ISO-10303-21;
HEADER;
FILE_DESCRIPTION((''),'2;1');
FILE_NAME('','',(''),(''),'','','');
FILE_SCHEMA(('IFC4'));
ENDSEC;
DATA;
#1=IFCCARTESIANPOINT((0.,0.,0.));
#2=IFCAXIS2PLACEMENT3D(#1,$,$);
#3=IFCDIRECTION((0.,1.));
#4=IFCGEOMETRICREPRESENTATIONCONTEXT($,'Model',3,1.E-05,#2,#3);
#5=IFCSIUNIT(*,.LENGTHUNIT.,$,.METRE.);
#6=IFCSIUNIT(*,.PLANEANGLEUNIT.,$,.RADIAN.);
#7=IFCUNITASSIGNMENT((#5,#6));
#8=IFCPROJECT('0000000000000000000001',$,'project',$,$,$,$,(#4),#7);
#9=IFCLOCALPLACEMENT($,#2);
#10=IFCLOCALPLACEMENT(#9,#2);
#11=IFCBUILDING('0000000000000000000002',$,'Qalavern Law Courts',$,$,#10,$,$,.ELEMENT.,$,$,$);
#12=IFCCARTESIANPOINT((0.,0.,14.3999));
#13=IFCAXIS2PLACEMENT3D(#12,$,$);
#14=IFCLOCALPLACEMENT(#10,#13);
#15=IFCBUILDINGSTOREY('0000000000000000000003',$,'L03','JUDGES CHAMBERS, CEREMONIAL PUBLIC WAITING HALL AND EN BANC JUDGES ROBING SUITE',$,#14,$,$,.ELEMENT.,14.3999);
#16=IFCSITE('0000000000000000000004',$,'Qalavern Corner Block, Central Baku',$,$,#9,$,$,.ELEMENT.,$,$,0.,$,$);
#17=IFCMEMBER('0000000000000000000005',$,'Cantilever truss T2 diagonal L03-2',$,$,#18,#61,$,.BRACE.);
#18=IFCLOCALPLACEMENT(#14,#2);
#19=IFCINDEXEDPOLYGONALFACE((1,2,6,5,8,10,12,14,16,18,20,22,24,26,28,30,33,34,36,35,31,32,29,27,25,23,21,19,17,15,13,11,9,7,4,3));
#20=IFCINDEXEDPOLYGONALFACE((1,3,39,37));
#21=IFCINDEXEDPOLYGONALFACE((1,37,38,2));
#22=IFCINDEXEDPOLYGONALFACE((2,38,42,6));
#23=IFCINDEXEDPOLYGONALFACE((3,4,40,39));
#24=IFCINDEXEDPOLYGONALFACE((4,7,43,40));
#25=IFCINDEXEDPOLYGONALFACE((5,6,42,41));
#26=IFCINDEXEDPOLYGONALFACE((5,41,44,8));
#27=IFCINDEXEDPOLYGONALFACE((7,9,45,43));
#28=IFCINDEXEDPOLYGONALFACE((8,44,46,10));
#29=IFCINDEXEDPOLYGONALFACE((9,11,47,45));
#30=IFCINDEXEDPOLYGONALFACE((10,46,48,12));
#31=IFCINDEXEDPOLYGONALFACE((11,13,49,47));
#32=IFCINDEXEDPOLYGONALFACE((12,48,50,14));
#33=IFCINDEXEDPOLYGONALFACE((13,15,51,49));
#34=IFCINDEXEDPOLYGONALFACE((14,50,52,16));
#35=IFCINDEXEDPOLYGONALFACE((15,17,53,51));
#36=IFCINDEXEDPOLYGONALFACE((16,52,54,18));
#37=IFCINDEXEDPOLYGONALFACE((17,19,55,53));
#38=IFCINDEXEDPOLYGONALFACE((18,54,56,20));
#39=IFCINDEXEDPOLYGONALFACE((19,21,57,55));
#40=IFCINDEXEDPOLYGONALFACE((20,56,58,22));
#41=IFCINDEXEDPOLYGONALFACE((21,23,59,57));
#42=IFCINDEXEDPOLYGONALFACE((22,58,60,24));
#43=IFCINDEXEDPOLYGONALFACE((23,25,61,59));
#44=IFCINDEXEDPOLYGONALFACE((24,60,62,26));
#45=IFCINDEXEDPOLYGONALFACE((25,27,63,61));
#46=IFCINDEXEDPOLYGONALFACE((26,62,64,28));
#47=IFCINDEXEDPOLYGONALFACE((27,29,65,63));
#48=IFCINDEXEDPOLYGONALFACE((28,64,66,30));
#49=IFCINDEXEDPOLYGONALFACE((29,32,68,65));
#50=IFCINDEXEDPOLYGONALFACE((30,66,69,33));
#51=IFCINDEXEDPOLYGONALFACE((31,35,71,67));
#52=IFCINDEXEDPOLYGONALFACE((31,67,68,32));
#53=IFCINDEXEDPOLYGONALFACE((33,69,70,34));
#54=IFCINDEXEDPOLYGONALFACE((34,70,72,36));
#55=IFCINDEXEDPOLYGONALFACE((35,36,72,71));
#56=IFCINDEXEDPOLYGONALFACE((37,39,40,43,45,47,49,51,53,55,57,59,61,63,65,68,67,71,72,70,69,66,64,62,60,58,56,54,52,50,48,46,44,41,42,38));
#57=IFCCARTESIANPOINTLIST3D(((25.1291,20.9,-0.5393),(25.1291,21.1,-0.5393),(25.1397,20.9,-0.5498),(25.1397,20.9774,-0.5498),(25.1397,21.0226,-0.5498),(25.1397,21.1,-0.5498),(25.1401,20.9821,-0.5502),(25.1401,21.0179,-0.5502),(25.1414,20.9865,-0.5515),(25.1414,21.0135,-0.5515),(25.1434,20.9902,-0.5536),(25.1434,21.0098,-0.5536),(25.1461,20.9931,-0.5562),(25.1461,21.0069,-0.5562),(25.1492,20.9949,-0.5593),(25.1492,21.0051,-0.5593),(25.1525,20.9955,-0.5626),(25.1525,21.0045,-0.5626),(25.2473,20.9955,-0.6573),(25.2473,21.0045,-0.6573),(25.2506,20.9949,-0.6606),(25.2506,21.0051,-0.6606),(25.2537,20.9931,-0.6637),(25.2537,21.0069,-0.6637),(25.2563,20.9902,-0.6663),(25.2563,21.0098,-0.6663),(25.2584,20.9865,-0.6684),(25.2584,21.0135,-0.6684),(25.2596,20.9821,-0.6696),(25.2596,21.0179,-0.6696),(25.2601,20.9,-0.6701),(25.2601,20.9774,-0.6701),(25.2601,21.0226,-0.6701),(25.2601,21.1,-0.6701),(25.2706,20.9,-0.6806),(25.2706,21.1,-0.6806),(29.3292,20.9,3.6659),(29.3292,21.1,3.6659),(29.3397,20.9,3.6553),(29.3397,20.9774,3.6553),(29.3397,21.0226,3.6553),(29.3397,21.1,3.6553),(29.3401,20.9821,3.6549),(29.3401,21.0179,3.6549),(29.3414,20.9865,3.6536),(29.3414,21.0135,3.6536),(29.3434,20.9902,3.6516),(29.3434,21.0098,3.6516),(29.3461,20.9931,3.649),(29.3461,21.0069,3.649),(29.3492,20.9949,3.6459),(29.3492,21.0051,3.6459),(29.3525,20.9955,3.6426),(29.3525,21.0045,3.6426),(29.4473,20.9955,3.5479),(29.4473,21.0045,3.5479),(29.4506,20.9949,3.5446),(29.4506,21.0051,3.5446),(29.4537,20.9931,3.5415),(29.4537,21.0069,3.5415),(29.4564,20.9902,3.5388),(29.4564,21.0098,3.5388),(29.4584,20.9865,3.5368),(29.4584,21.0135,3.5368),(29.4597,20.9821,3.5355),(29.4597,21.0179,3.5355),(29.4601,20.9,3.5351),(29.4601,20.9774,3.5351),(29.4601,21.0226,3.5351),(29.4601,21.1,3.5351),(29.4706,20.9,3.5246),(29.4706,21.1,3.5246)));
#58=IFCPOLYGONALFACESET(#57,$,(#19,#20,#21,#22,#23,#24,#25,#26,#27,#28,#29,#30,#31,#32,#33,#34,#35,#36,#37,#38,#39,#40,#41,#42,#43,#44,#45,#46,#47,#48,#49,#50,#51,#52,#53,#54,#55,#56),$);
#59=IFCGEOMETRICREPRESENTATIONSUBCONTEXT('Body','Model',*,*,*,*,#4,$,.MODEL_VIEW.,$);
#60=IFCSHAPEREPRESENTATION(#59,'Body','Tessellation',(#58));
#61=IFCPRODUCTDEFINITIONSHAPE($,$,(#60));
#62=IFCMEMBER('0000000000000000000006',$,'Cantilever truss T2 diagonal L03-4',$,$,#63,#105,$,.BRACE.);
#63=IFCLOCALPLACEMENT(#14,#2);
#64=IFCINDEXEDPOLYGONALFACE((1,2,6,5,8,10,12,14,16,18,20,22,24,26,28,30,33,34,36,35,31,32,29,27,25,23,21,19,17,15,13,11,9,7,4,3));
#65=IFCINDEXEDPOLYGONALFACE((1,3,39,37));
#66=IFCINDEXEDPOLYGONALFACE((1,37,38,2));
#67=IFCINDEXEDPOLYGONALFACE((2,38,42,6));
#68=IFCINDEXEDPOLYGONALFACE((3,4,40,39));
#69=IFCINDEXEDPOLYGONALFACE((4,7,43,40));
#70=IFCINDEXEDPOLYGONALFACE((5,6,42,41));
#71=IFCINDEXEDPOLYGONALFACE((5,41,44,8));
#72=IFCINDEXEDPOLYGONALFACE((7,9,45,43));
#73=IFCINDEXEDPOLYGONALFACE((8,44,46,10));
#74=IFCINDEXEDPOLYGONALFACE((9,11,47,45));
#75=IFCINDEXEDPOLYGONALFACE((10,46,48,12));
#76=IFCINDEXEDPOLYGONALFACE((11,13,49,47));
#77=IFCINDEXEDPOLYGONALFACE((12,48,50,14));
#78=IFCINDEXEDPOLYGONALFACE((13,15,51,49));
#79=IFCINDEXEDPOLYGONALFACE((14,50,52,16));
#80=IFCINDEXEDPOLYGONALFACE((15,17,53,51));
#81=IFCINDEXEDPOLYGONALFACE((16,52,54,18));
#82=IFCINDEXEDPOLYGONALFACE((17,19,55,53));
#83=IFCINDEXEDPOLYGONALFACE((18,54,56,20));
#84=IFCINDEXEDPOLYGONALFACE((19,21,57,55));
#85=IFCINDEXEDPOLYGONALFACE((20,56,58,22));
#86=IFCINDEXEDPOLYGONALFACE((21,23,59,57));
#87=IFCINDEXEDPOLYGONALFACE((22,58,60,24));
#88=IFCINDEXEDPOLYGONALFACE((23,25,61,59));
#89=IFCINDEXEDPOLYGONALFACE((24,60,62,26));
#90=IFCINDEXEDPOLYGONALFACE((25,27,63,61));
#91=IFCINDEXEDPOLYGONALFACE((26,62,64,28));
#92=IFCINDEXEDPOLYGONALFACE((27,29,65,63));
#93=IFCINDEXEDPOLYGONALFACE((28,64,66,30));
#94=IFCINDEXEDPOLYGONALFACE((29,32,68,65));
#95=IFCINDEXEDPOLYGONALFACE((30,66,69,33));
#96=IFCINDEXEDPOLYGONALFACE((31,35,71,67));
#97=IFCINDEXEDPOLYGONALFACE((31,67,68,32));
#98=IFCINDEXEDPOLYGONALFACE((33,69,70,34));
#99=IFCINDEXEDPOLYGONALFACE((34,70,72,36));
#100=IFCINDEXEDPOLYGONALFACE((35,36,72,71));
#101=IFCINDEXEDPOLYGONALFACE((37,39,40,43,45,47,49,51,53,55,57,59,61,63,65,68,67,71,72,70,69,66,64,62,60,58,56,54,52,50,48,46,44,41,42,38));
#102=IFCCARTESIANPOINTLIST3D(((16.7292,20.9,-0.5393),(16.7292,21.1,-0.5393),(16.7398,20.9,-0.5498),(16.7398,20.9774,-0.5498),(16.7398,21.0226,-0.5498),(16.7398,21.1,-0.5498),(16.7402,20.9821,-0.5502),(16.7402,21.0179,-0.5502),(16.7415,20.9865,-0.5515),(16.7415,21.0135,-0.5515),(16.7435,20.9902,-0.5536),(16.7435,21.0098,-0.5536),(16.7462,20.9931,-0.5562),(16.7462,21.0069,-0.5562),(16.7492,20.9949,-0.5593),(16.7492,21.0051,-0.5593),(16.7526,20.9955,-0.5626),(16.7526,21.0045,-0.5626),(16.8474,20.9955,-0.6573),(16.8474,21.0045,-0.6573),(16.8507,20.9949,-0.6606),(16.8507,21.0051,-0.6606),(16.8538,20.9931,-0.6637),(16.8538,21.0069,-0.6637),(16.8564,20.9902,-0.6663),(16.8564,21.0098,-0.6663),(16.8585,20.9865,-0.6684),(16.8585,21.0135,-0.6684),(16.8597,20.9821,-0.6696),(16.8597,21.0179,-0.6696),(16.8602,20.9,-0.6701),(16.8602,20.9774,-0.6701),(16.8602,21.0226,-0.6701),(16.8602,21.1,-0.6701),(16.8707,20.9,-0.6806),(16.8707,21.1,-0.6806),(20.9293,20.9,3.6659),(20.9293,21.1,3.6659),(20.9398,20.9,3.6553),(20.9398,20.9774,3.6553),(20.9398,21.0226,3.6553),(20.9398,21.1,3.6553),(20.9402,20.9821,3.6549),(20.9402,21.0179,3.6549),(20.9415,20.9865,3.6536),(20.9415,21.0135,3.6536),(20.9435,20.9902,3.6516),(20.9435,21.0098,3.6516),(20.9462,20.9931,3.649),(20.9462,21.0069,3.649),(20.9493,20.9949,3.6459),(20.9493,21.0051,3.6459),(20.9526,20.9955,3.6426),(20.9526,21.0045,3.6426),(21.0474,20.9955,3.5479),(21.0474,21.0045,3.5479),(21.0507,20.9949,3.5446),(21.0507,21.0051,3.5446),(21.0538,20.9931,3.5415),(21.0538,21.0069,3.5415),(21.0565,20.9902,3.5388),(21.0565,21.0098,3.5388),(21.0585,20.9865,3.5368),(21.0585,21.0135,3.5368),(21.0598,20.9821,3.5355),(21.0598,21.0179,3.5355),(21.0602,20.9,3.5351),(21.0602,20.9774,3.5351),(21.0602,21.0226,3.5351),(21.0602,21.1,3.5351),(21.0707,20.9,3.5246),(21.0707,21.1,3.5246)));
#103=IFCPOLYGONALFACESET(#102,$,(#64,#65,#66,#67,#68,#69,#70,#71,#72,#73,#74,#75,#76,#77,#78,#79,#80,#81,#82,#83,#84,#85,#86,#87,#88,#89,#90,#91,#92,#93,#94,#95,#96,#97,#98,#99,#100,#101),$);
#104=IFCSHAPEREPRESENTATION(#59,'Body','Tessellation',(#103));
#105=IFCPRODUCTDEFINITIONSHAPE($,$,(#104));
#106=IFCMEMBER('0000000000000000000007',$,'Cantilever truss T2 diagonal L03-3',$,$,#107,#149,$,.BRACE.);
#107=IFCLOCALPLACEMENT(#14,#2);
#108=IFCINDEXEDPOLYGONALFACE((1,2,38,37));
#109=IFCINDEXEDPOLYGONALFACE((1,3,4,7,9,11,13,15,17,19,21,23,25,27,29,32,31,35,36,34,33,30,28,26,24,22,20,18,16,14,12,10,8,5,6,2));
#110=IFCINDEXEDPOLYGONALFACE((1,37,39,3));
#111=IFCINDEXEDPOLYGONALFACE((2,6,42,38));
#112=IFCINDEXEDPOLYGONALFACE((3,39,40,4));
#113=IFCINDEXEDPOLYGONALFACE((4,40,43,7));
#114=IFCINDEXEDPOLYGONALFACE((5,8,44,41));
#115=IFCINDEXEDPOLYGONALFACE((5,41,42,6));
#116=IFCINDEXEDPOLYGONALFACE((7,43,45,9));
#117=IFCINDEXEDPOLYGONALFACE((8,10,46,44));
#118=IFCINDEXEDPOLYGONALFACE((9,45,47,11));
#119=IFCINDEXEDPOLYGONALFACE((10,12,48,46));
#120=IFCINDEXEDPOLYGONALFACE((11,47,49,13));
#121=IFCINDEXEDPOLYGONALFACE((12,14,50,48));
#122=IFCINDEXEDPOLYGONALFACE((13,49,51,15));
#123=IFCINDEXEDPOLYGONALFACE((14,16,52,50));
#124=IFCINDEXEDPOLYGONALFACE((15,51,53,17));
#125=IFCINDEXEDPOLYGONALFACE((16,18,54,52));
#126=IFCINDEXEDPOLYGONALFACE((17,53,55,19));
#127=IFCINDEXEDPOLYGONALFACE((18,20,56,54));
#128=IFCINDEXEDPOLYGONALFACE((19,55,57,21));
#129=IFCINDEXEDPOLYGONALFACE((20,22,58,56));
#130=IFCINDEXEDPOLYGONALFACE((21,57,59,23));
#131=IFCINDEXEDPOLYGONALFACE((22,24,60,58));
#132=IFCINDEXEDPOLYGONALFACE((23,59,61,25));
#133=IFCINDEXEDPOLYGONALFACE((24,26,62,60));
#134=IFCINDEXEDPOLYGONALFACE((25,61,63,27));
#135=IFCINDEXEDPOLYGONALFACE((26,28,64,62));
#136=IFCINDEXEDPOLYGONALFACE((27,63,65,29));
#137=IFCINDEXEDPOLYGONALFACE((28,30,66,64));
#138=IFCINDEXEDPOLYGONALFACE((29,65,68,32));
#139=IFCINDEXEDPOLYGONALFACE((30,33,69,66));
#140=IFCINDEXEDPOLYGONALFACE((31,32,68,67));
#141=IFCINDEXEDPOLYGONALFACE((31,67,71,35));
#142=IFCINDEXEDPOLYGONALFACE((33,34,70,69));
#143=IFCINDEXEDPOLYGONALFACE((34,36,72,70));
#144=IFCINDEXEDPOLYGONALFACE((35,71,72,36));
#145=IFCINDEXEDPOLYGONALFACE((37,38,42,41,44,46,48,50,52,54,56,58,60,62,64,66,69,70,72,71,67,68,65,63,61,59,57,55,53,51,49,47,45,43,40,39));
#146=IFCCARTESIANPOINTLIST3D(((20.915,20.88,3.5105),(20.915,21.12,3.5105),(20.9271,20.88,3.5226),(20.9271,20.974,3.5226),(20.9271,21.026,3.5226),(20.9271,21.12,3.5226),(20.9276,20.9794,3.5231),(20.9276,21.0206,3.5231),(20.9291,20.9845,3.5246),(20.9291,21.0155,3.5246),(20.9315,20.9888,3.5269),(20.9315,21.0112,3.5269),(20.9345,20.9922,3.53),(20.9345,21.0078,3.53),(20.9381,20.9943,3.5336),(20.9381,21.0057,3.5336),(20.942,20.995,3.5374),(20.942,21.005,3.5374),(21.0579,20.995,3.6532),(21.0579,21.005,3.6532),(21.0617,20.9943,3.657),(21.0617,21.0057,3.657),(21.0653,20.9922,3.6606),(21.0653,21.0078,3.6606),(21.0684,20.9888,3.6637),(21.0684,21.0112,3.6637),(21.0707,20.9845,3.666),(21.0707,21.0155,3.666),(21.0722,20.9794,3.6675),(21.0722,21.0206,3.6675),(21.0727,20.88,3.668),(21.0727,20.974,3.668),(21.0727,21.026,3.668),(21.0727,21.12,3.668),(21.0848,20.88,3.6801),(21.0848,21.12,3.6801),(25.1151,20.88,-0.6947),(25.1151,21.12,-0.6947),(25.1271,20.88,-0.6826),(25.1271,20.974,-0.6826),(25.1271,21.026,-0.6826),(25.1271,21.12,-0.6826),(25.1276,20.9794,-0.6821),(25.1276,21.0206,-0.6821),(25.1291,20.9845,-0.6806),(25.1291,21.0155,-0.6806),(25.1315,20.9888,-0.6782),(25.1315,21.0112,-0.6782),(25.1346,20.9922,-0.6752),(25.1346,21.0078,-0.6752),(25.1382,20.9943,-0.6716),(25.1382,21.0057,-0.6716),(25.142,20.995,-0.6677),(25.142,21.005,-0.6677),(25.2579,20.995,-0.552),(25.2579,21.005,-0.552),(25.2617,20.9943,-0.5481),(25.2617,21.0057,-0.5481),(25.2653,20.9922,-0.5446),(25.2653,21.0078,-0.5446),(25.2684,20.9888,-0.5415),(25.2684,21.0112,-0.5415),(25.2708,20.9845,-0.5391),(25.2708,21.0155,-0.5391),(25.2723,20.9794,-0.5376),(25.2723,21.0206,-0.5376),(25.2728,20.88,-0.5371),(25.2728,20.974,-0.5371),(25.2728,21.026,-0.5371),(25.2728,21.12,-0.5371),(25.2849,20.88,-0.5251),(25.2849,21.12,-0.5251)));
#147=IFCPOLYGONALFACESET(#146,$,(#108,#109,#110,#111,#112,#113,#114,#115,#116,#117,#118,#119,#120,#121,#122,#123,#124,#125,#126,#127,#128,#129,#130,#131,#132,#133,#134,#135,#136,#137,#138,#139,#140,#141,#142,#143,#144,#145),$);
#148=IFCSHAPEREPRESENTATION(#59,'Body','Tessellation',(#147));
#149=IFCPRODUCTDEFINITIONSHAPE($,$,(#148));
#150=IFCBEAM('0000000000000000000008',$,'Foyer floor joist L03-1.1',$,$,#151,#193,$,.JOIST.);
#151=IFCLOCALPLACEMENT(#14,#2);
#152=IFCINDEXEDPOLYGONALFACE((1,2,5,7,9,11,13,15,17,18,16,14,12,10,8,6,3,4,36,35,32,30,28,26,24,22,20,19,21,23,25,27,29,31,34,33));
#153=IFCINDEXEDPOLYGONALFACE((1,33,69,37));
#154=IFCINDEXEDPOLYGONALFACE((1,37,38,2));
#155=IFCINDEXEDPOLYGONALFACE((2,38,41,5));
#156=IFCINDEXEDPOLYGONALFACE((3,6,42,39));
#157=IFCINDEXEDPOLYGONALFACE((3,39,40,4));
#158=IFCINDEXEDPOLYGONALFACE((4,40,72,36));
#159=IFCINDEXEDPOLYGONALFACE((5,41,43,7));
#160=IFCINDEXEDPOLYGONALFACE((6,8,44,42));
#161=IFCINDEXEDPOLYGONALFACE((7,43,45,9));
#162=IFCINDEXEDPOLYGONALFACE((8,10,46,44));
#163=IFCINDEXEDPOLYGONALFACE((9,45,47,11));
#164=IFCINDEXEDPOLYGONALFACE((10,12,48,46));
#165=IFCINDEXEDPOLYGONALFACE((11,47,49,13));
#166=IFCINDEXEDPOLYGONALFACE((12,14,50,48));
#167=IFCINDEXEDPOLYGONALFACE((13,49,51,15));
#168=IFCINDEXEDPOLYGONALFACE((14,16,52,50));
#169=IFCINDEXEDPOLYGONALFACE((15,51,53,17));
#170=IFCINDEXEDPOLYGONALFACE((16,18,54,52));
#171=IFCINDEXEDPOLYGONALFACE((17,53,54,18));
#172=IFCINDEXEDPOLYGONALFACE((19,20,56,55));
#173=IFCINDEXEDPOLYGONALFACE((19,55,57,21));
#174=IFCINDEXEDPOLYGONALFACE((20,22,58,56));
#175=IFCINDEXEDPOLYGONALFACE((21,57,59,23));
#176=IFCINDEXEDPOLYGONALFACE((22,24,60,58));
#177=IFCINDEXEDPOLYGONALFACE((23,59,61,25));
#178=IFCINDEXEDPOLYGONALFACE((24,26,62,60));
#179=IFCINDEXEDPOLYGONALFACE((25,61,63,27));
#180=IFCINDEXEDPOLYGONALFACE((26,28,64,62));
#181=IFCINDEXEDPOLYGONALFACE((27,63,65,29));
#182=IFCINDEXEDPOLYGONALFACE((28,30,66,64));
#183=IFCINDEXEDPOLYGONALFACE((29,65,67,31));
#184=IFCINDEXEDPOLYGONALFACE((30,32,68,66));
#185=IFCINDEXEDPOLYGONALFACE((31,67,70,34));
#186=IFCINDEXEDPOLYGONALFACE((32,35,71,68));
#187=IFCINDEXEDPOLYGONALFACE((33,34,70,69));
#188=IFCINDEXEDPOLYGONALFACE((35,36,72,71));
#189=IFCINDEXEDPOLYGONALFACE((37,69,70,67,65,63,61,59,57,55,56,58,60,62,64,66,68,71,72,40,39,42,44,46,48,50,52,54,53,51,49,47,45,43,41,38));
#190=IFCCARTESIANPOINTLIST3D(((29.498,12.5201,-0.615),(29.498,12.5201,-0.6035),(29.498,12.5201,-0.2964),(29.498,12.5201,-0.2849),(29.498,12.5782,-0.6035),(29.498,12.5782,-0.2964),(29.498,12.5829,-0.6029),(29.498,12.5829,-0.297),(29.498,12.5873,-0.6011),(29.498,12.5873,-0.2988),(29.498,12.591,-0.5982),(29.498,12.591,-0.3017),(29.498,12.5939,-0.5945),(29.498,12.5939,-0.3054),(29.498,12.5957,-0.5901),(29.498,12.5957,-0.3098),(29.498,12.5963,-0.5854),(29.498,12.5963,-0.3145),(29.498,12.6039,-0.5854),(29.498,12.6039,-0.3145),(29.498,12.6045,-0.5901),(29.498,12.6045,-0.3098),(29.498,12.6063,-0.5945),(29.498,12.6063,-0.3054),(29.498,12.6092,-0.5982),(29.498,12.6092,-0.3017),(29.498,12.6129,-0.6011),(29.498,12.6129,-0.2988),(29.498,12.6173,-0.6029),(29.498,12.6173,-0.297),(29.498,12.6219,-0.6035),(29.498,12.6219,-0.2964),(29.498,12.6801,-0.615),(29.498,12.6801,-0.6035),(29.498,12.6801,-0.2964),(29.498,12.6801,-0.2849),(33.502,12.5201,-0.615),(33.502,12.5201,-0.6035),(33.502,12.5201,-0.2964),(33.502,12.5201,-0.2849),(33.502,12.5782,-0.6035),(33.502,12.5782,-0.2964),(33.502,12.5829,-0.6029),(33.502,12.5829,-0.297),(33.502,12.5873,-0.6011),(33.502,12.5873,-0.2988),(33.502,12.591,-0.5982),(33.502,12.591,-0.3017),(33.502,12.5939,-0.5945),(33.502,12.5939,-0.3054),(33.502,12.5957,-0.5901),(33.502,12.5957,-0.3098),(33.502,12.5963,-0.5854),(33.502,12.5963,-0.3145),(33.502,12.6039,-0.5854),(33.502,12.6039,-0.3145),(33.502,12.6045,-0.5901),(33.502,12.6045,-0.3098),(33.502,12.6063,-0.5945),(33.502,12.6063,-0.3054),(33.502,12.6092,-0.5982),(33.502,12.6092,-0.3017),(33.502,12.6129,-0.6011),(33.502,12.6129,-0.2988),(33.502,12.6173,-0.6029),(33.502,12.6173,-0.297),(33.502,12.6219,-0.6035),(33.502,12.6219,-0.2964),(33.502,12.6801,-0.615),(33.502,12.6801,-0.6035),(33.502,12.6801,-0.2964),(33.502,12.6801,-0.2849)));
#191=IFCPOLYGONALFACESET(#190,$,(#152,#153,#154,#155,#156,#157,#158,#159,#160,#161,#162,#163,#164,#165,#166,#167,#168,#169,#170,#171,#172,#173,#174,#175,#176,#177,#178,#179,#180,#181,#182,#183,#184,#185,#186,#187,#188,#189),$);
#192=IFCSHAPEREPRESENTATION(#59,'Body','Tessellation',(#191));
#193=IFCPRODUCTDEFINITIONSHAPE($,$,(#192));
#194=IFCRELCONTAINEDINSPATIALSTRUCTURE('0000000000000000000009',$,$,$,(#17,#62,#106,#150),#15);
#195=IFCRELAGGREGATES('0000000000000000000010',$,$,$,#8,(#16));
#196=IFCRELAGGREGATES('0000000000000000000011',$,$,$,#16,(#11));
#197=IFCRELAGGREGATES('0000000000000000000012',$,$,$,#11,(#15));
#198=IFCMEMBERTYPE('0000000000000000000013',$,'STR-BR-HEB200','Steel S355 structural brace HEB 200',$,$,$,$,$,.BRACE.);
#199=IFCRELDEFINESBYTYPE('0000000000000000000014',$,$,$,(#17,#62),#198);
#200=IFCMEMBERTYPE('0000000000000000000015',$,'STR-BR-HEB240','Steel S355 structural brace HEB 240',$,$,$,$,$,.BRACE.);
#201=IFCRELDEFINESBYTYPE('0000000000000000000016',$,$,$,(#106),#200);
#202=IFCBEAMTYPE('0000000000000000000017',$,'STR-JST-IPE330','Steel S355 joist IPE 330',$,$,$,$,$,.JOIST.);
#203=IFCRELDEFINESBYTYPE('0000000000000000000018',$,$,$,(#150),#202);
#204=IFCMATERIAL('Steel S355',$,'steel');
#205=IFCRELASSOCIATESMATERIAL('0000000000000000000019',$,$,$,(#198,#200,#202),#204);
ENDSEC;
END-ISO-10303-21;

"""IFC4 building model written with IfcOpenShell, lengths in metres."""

from ifc_helpers import new_model, si_unit, direction, frame, origin, origin_2d, place, context, subcontext, project, spatial, i_section, extrude, material, material_profile, profile_set, type_object, element, save


model = new_model("IFC4")

# Units and contexts
model_context = context("Model", 3, precision=1e-05, world=origin(), true_north=direction((0.0, 1.0)))
body_context = subcontext(model_context, "Body", "Model", "MODEL_VIEW")
ifc_project = project(units=[si_unit("LENGTHUNIT", "METRE"), si_unit("PLANEANGLEUNIT", "RADIAN")], contexts=[model_context])

# Site, building, storey
site_placement = place(None, origin())
site = spatial("IfcSite", under=ifc_project, at=site_placement, Name="Qalavern Corner Block, Central Baku", CompositionType="ELEMENT", RefElevation=0.0)
building_placement = place(site_placement, origin())
building = spatial("IfcBuilding", under=site, at=building_placement, Name="Qalavern Law Courts", CompositionType="ELEMENT")
storey_placement = place(building_placement, frame((0.0, 0.0, 14.3999)))
storey = spatial("IfcBuildingStorey", under=building, at=storey_placement, Name="L03", Description="JUDGES CHAMBERS, CEREMONIAL PUBLIC WAITING HALL AND EN BANC JUDGES ROBING SUITE", CompositionType="ELEMENT", Elevation=14.3999)

# Shared definitions
ifc_material_1 = material(Name="Steel S355", Category="steel")

# Members
ifc_material_profile_1 = material_profile(ifc_material_1, i_section(OverallWidth=0.2, OverallDepth=0.2, WebThickness=0.009, FlangeThickness=0.0149, FilletRadius=0.0181, at=origin_2d()), Name="HEB 200")
ifc_profile_set_1 = profile_set([ifc_material_profile_1], Name="Steel S355")
member_type_1 = type_object("IfcMemberType", Name="STR-BR-HEB200", Description="Steel S355 structural brace HEB 200", PredefinedType="BRACE", material=ifc_profile_set_1)
for number, where, z_axis, x_axis, name in (
    (1, (29.3999, 21.0, 3.5952), (-0.706675, 0.0, -0.707538), (0.0, -1.0, 0.0), "Cantilever truss T2 diagonal L03-2"),
    (2, (21.0, 21.0, 3.5952), (-0.706675, 0.0, -0.707538), (0.0, -1.0, 0.0), "Cantilever truss T2 diagonal L03-4"),
):
    element("IfcMember", number, at=place(storey_placement, frame(where, z_axis=z_axis, x_axis=x_axis)), inside=storey, type_object=member_type_1, Name=name, PredefinedType="BRACE", context=body_context, shape_type="SweptSolid", body=[
        extrude(i_section(OverallWidth=0.2, OverallDepth=0.2, WebThickness=0.009, FlangeThickness=0.0149, FilletRadius=0.0181, at=origin_2d()), origin(), (0.0, 0.0, 1.0), 5.9434),
    ])
ifc_material_profile_2 = material_profile(ifc_material_1, i_section(OverallWidth=0.24, OverallDepth=0.24, WebThickness=0.01, FlangeThickness=0.0171, FilletRadius=0.021, at=origin_2d()), Name="HEB 240")
ifc_profile_set_2 = profile_set([ifc_material_profile_2], Name="Steel S355")
member_type_2 = type_object("IfcMemberType", Name="STR-BR-HEB240", Description="Steel S355 structural brace HEB 240", PredefinedType="BRACE", material=ifc_profile_set_2)
member_placement = place(storey_placement, frame((25.2, 21.0, -0.6099), z_axis=(-0.706675, 0.0, 0.707538), x_axis=(0.0, -1.0, 0.0)))
element("IfcMember", 3, at=member_placement, inside=storey, type_object=member_type_2, Name="Cantilever truss T2 diagonal L03-3", PredefinedType="BRACE", context=body_context, shape_type="SweptSolid", body=[
    extrude(i_section(OverallWidth=0.24, OverallDepth=0.24, WebThickness=0.01, FlangeThickness=0.0171, FilletRadius=0.021, at=origin_2d()), origin(), (0.0, 0.0, 1.0), 5.9434),
])

# Beam
ifc_material_profile_3 = material_profile(ifc_material_1, i_section(OverallWidth=0.1599, OverallDepth=0.3301, WebThickness=0.0076, FlangeThickness=0.0115, FilletRadius=0.0181, at=origin_2d()), Name="IPE 330")
ifc_profile_set_3 = profile_set([ifc_material_profile_3], Name="Steel S355")
beam_type_1 = type_object("IfcBeamType", Name="STR-JST-IPE330", Description="Steel S355 joist IPE 330", PredefinedType="JOIST", material=ifc_profile_set_3)
for number, where, z_axis, x_axis, name in (
    (4, (29.498, 12.6001, -0.45), (1.0, 0.0, 0.0), (0.0, 1.0, 0.0), "Foyer floor joist L03-1.1"),
):
    element("IfcBeam", number, at=place(storey_placement, frame(where, z_axis=z_axis, x_axis=x_axis)), inside=storey, type_object=beam_type_1, Name=name, PredefinedType="JOIST", context=body_context, shape_type="SweptSolid", body=[
        extrude(i_section(OverallWidth=0.1599, OverallDepth=0.3301, WebThickness=0.0076, FlangeThickness=0.0115, FilletRadius=0.0181, at=origin_2d()), origin(), (0.0, 0.0, 1.0), 4.0039),
    ])

save(model, "model.ifc")
